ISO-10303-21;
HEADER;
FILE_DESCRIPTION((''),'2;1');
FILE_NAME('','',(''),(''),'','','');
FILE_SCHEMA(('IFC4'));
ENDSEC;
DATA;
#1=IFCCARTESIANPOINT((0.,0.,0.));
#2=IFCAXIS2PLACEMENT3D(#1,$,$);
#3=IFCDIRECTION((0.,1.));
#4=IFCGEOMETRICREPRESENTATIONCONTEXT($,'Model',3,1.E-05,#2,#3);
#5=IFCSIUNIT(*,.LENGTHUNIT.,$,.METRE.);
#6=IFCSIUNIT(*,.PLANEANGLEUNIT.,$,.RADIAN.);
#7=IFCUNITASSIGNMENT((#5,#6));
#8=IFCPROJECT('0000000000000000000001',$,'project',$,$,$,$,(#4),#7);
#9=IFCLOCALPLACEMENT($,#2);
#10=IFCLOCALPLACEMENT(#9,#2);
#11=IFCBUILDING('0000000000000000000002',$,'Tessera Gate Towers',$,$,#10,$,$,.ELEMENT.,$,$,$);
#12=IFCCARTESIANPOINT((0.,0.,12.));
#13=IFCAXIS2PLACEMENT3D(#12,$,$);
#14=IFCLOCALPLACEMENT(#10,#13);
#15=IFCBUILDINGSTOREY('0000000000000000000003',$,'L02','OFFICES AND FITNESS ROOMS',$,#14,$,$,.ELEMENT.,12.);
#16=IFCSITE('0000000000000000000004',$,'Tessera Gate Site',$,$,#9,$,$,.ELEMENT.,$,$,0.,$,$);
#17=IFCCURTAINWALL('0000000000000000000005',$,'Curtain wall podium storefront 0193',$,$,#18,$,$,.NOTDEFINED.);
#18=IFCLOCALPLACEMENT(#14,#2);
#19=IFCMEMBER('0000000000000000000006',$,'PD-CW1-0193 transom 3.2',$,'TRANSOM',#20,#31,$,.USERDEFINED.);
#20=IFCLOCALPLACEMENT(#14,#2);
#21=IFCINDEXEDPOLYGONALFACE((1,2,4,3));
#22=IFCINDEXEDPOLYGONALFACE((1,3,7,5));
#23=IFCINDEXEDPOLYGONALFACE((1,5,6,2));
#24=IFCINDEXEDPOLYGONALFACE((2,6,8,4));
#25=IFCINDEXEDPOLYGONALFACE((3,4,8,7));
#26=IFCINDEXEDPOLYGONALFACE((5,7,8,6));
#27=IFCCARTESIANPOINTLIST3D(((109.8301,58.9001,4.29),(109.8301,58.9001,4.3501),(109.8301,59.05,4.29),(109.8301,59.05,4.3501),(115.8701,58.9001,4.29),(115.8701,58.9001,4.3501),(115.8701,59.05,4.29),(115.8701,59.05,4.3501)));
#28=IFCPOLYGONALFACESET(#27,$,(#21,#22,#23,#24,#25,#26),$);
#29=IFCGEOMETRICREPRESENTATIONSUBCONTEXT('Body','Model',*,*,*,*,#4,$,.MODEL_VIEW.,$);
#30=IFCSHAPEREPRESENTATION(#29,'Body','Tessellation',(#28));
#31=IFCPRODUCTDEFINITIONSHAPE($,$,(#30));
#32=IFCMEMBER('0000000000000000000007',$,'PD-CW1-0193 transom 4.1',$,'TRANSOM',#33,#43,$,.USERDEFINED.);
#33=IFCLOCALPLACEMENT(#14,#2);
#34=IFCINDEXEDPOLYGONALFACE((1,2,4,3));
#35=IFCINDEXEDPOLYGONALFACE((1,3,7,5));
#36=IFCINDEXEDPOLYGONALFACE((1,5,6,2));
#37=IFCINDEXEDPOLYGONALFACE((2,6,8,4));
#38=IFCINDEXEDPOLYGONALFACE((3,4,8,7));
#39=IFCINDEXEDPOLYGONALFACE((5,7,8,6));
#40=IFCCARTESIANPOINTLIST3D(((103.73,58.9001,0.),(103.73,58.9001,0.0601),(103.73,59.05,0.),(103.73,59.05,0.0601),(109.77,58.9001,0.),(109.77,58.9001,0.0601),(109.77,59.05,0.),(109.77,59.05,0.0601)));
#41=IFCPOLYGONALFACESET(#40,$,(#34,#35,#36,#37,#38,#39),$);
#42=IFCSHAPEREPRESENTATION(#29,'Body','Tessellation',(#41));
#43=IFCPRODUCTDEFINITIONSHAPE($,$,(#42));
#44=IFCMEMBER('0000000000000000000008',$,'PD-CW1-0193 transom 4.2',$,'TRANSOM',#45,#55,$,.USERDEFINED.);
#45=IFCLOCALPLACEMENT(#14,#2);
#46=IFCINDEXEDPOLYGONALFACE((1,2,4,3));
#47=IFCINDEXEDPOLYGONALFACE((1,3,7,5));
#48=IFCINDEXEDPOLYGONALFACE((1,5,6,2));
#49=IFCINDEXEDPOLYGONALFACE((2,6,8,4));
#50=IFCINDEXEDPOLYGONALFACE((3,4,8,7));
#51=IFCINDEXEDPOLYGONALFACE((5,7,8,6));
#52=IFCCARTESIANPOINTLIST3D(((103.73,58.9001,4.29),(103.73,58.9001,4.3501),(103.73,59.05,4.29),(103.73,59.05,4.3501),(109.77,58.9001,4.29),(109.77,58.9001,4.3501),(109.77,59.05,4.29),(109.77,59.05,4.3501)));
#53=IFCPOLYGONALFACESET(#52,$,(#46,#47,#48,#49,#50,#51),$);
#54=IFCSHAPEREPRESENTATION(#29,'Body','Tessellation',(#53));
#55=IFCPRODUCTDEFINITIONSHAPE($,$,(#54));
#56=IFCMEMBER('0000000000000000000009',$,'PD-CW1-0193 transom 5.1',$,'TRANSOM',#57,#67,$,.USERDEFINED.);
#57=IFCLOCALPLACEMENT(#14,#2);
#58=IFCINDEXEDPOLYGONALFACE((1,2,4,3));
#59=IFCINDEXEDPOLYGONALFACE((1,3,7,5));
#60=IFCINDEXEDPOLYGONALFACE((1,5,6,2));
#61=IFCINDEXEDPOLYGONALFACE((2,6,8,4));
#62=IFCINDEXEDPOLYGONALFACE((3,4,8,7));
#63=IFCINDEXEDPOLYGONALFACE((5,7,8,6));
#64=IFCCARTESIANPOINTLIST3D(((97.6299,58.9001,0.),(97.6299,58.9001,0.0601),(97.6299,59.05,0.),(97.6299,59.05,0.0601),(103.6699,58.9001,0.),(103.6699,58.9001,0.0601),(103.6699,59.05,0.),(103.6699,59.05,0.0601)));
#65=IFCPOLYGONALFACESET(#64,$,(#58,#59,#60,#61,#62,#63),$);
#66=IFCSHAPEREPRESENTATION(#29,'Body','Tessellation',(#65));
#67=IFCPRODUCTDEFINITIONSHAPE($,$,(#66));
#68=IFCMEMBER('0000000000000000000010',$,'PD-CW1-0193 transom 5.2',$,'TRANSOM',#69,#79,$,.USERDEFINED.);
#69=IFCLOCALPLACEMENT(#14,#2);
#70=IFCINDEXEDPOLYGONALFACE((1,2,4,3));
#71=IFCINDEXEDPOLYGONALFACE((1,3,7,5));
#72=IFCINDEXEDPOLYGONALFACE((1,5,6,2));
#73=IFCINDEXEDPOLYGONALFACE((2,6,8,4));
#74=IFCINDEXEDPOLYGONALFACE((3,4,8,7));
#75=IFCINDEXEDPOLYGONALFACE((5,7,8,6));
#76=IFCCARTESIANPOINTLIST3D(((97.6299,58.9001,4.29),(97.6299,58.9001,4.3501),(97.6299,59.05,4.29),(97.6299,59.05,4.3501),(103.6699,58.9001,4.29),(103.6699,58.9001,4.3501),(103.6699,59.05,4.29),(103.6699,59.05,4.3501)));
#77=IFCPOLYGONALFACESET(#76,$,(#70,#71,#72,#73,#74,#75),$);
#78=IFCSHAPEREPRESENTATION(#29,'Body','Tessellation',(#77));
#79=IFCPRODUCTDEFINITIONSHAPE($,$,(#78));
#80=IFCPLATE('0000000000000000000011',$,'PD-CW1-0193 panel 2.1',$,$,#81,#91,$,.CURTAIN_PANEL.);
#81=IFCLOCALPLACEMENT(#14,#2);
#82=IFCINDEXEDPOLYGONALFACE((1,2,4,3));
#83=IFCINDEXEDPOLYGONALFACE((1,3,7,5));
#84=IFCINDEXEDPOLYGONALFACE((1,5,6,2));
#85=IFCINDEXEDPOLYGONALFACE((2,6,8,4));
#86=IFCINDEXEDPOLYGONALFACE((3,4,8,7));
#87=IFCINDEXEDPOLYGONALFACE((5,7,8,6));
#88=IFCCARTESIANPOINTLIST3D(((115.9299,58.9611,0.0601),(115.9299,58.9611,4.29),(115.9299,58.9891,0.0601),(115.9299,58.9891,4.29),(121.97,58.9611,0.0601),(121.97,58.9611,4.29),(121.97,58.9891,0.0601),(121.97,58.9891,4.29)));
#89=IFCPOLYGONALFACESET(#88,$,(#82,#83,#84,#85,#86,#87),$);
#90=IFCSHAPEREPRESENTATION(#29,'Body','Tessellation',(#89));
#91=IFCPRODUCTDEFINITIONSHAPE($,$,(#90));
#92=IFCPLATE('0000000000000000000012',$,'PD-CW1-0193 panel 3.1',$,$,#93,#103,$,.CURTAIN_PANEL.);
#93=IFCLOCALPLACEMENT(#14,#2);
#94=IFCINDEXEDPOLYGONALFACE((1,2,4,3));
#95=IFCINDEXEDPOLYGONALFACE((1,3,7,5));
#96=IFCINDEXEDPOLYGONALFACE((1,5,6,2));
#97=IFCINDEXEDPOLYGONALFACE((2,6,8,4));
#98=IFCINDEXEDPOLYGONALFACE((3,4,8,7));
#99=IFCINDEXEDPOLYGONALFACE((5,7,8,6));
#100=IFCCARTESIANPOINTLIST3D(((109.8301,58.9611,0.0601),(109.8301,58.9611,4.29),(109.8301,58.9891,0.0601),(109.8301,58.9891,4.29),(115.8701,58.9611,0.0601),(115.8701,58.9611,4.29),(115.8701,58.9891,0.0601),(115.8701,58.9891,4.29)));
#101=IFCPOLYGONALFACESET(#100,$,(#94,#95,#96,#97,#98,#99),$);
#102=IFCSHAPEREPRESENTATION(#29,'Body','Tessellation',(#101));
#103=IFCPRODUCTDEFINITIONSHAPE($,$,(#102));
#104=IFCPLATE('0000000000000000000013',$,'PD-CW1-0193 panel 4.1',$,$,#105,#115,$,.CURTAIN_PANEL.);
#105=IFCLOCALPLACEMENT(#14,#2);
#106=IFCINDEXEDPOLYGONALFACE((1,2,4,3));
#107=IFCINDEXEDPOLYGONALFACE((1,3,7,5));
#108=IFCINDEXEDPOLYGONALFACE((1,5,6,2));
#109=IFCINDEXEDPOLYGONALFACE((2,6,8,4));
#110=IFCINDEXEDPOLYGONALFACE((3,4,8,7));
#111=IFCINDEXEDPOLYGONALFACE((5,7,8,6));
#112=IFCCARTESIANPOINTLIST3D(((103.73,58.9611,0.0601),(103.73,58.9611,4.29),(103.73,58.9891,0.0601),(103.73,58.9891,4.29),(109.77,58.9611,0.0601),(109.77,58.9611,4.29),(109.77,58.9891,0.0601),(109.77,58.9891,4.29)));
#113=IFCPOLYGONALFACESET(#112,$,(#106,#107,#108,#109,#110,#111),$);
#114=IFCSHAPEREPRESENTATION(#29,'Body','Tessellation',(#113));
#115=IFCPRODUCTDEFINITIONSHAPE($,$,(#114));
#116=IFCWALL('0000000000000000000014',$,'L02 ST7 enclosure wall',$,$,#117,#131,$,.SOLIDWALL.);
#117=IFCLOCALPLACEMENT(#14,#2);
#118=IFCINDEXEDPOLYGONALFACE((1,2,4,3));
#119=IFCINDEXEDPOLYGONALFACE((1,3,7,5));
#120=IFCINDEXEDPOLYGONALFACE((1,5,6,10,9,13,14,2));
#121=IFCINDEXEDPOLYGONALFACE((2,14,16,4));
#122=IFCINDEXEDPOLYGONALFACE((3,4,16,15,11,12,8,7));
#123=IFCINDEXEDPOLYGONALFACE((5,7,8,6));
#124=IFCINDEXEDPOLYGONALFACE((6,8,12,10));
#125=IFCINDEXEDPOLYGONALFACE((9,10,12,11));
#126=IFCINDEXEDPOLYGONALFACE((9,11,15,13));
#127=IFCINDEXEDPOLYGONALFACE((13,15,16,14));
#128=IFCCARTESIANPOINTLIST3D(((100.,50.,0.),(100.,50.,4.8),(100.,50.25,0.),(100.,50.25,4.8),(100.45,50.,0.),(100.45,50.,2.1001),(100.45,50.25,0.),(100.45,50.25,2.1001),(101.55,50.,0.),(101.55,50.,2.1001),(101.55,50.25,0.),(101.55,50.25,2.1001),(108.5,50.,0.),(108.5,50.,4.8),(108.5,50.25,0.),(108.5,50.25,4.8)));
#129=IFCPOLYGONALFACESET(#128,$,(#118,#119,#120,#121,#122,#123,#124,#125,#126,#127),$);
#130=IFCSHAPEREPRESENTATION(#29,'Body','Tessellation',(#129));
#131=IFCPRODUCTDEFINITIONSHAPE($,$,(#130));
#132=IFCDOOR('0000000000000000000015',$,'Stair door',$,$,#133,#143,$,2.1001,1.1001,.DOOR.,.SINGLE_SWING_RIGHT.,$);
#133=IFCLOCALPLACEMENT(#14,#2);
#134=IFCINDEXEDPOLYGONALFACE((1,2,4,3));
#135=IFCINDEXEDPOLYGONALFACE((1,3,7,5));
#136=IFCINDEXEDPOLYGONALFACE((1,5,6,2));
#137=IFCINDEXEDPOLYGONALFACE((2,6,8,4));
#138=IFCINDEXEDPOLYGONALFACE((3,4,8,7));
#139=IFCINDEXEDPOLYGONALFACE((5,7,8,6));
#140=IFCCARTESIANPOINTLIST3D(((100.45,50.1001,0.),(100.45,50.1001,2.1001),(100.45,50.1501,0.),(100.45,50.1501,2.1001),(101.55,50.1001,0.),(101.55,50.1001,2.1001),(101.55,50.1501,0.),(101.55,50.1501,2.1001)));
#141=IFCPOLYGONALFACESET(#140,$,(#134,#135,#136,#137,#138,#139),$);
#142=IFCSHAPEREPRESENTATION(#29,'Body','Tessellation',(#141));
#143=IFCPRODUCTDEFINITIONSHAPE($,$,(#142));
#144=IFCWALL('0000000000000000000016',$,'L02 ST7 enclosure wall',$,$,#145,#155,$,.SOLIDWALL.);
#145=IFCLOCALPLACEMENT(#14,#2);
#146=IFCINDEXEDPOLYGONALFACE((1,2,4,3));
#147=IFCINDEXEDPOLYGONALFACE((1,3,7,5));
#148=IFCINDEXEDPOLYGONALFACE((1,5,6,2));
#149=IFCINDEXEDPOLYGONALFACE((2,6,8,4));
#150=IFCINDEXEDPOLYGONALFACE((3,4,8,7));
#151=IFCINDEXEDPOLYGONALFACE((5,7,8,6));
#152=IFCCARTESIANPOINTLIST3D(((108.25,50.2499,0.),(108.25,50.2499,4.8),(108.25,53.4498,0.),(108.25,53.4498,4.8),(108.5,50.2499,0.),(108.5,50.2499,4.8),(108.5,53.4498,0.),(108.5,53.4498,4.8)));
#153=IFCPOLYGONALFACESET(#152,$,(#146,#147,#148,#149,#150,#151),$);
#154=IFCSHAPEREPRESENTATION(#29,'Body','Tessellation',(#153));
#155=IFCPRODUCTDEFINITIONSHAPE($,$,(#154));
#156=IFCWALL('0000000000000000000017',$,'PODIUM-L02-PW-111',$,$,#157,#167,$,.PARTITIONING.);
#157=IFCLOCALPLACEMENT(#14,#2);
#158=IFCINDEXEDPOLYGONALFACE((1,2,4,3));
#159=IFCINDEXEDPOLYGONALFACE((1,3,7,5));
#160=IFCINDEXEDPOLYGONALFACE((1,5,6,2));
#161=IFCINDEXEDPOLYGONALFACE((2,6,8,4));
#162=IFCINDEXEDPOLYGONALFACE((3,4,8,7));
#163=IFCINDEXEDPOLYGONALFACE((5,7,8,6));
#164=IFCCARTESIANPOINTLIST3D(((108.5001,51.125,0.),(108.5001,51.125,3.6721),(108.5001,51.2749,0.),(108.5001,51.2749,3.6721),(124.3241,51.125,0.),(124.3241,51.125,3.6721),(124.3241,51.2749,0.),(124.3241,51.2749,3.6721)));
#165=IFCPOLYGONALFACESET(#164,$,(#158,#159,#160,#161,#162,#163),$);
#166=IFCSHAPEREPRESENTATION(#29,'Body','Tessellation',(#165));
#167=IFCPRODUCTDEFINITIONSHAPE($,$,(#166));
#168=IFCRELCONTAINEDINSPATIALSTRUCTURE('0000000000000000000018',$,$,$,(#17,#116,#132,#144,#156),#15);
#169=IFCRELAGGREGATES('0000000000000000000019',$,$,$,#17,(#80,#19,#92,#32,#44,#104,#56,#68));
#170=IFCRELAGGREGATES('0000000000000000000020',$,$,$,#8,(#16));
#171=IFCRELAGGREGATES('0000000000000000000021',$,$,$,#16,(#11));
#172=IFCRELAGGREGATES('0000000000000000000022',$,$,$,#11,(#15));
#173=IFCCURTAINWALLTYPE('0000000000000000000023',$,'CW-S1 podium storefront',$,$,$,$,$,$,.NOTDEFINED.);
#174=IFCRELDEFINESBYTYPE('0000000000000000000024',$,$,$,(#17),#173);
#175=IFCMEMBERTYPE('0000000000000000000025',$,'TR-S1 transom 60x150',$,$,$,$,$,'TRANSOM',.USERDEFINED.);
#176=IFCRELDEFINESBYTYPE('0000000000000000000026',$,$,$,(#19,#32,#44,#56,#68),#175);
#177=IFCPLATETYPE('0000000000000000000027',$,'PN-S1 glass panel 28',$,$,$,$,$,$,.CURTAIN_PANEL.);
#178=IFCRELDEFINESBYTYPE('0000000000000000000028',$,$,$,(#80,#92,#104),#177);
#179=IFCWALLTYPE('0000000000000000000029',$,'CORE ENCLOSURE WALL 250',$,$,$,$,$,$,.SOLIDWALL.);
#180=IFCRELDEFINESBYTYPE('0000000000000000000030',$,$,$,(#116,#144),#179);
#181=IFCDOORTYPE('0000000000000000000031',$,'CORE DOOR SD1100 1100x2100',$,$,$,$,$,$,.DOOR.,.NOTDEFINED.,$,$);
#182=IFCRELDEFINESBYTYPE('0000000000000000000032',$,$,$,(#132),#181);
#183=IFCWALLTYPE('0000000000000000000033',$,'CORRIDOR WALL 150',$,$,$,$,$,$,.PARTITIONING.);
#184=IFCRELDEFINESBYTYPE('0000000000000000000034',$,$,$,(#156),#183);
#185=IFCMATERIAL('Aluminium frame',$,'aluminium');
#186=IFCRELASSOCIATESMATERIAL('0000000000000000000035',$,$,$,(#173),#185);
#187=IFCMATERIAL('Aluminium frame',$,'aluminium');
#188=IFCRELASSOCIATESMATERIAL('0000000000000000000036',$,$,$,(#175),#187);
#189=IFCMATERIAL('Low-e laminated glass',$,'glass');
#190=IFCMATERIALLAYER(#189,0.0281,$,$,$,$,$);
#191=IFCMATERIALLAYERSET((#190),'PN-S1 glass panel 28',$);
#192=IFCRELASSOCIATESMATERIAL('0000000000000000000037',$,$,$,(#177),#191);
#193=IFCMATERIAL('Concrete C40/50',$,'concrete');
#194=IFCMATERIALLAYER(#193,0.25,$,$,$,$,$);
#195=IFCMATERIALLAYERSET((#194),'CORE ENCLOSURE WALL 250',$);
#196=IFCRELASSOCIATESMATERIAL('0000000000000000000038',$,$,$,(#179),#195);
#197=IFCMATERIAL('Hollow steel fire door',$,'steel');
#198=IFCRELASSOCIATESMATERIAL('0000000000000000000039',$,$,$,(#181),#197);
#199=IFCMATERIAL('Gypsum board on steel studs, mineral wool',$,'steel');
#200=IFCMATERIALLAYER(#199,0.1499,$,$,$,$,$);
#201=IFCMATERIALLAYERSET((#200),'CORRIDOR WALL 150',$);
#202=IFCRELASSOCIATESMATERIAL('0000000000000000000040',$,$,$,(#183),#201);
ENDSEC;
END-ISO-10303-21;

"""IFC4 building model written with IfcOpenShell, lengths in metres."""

from ifc_helpers import new_model, si_unit, direction, frame, frame_2d, origin, origin_2d, place, context, subcontext, project, spatial, rectangle, extrude, source, transform, mapped, material, layer, layer_set, material_profile, profile_set, type_object, element, fill, aggregate, save


model = new_model("IFC4")

# Units and contexts
model_context = context("Model", 3, precision=1e-05, world=origin(), true_north=direction((0.0, 1.0)))
body_context = subcontext(model_context, "Body", "Model", "MODEL_VIEW")
ifc_project = project(units=[si_unit("LENGTHUNIT", "METRE"), si_unit("PLANEANGLEUNIT", "RADIAN")], contexts=[model_context])

# Site, building, storey
site_placement = place(None, origin())
site = spatial("IfcSite", under=ifc_project, at=site_placement, Name="Tessera Gate Site", CompositionType="ELEMENT", RefElevation=0.0)
building_placement = place(site_placement, origin())
building = spatial("IfcBuilding", under=site, at=building_placement, Name="Tessera Gate Towers", CompositionType="ELEMENT")
storey_placement = place(building_placement, frame((0.0, 0.0, 12.0)))
storey = spatial("IfcBuildingStorey", under=building, at=storey_placement, Name="L02", Description="OFFICES AND FITNESS ROOMS", CompositionType="ELEMENT", Elevation=12.0)

# Curtain wall, members, plates
ifc_material_1 = material(Name="Aluminium frame", Category="aluminium")
curtain_wall_type = type_object("IfcCurtainWallType", Name="CW-S1 podium storefront", PredefinedType="NOTDEFINED", material=ifc_material_1)
curtain_wall_placement = place(storey_placement, origin())
curtain_wall = element("IfcCurtainWall", 1, at=curtain_wall_placement, inside=storey, type_object=curtain_wall_type, Name="Curtain wall podium storefront 0193", PredefinedType="NOTDEFINED")
ifc_material_2 = material(Name="Aluminium frame", Category="aluminium")
ifc_material_profile_1 = material_profile(ifc_material_2, rectangle(XDim=0.1499, YDim=0.0601, at=origin_2d()), Name="AL 60x150")
ifc_profile_set_1 = profile_set([ifc_material_profile_1], Name="Aluminium frame")
member_type_1 = type_object("IfcMemberType", Name="TR-S1 transom 60x150", ElementType="TRANSOM", PredefinedType="USERDEFINED", material=ifc_profile_set_1)
member_1_placement = place(storey_placement, frame((115.8701, 58.9751, 4.3201), z_axis=(-1.0, 0.0, 0.0), x_axis=(0.0, -1.0, 0.0)))
member_1 = element("IfcMember", 2, at=member_1_placement, type_object=member_type_1, Name="PD-CW1-0193 transom 3.2", ObjectType="TRANSOM", PredefinedType="USERDEFINED", context=body_context, shape_type="SweptSolid", body=[
    extrude(rectangle(XDim=0.1499, YDim=0.0601, at=origin_2d()), origin(), (0.0, 0.0, 1.0), 6.04),
])
member_2_placement = place(storey_placement, frame((109.77, 58.9751, 0.03), z_axis=(-1.0, 0.0, 0.0), x_axis=(0.0, -1.0, 0.0)))
member_2 = element("IfcMember", 3, at=member_2_placement, type_object=member_type_1, Name="PD-CW1-0193 transom 4.1", ObjectType="TRANSOM", PredefinedType="USERDEFINED", context=body_context, shape_type="SweptSolid", body=[
    extrude(rectangle(XDim=0.1499, YDim=0.0601, at=origin_2d()), origin(), (0.0, 0.0, 1.0), 6.04),
])
member_3_placement = place(storey_placement, frame((109.77, 58.9751, 4.3201), z_axis=(-1.0, 0.0, 0.0), x_axis=(0.0, -1.0, 0.0)))
member_3 = element("IfcMember", 4, at=member_3_placement, type_object=member_type_1, Name="PD-CW1-0193 transom 4.2", ObjectType="TRANSOM", PredefinedType="USERDEFINED", context=body_context, shape_type="SweptSolid", body=[
    extrude(rectangle(XDim=0.1499, YDim=0.0601, at=origin_2d()), origin(), (0.0, 0.0, 1.0), 6.04),
])
member_4_placement = place(storey_placement, frame((103.6699, 58.9751, 0.03), z_axis=(-1.0, 0.0, 0.0), x_axis=(0.0, -1.0, 0.0)))
member_4 = element("IfcMember", 5, at=member_4_placement, type_object=member_type_1, Name="PD-CW1-0193 transom 5.1", ObjectType="TRANSOM", PredefinedType="USERDEFINED", context=body_context, shape_type="SweptSolid", body=[
    extrude(rectangle(XDim=0.1499, YDim=0.0601, at=origin_2d()), origin(), (0.0, 0.0, 1.0), 6.04),
])
member_5_placement = place(storey_placement, frame((103.6699, 58.9751, 4.3201), z_axis=(-1.0, 0.0, 0.0), x_axis=(0.0, -1.0, 0.0)))
member_5 = element("IfcMember", 6, at=member_5_placement, type_object=member_type_1, Name="PD-CW1-0193 transom 5.2", ObjectType="TRANSOM", PredefinedType="USERDEFINED", context=body_context, shape_type="SweptSolid", body=[
    extrude(rectangle(XDim=0.1499, YDim=0.0601, at=origin_2d()), origin(), (0.0, 0.0, 1.0), 6.04),
])
ifc_material_3 = material(Name="Low-e laminated glass", Category="glass")
ifc_layer_1 = layer(ifc_material_3, 0.0281)
ifc_layer_set_1 = layer_set([ifc_layer_1], Name="PN-S1 glass panel 28")
plate_type = type_object("IfcPlateType", Name="PN-S1 glass panel 28", PredefinedType="CURTAIN_PANEL", material=ifc_layer_set_1)
plate_1_placement = place(storey_placement, frame((118.95, 58.9751, 0.0601), z_axis=(0.0, 0.0, 1.0), x_axis=(-1.0, 0.0, 0.0)))
plate_1 = element("IfcPlate", 7, at=plate_1_placement, type_object=plate_type, Name="PD-CW1-0193 panel 2.1", PredefinedType="CURTAIN_PANEL", context=body_context, shape_type="SweptSolid", body=[
    extrude(rectangle(XDim=6.04, YDim=0.0281, at=origin_2d()), origin(), (0.0, 0.0, 1.0), 4.23),
])
plate_2_placement = place(storey_placement, frame((112.8501, 58.9751, 0.0601), z_axis=(0.0, 0.0, 1.0), x_axis=(-1.0, 0.0, 0.0)))
plate_2 = element("IfcPlate", 8, at=plate_2_placement, type_object=plate_type, Name="PD-CW1-0193 panel 3.1", PredefinedType="CURTAIN_PANEL", context=body_context, shape_type="SweptSolid", body=[
    extrude(rectangle(XDim=6.04, YDim=0.0281, at=origin_2d()), origin(), (0.0, 0.0, 1.0), 4.23),
])
plate_3_placement = place(storey_placement, frame((106.75, 58.9751, 0.0601), z_axis=(0.0, 0.0, 1.0), x_axis=(-1.0, 0.0, 0.0)))
plate_3 = element("IfcPlate", 9, at=plate_3_placement, type_object=plate_type, Name="PD-CW1-0193 panel 4.1", PredefinedType="CURTAIN_PANEL", context=body_context, shape_type="SweptSolid", body=[
    extrude(rectangle(XDim=6.04, YDim=0.0281, at=origin_2d()), origin(), (0.0, 0.0, 1.0), 4.23),
])
aggregate(curtain_wall, [plate_1, member_1, plate_2, member_2, member_3, plate_3, member_4, member_5])

# Wall, opening, door
ifc_material_4 = material(Name="Concrete C40/50", Category="concrete")
ifc_layer_2 = layer(ifc_material_4, 0.25)
ifc_layer_set_2 = layer_set([ifc_layer_2], Name="CORE ENCLOSURE WALL 250")
wall_type_1 = type_object("IfcWallType", Name="CORE ENCLOSURE WALL 250", PredefinedType="SOLIDWALL", material=ifc_layer_set_2)
wall_1_placement = place(storey_placement, frame((108.5, 50.125, 0.0), z_axis=(0.0, 0.0, 1.0), x_axis=(-1.0, 0.0, 0.0)))
wall_1 = element("IfcWall", 10, at=wall_1_placement, inside=storey, type_object=wall_type_1, Name="L02 ST7 enclosure wall", PredefinedType="SOLIDWALL", context=body_context, shape_type="SweptSolid", body=[
    extrude(rectangle(XDim=8.5, YDim=0.25, at=frame_2d((4.25, 0.0))), origin(), (0.0, 0.0, 1.0), 4.8),
])
shared_shape_1 = source(origin(), body_context, "Body", "SweptSolid", [
    extrude(rectangle(XDim=1.1001, YDim=2.1001, at=frame_2d((0.55, 1.05))), frame((0.0, 0.135, 0.0), z_axis=(0.0, -1.0, 0.0), x_axis=(1.0, 0.0, 0.0)), (0.0, 0.0, 1.0), 0.27),
])
opening_placement = place(wall_1_placement, frame((6.95, 0.0, 0.0)))
opening = element("IfcOpeningElement", 11, at=opening_placement, cuts=wall_1, PredefinedType="OPENING", context=body_context, shape_type="MappedRepresentation", body=[
    mapped(shared_shape_1, transform((0.0, 0.0, 0.0), scale=1.0)),
])
ifc_material_5 = material(Name="Hollow steel fire door", Category="steel")
door_type = type_object("IfcDoorType", Name="CORE DOOR SD1100 1100x2100", OperationType="NOTDEFINED", PredefinedType="DOOR", material=ifc_material_5)
shared_shape_2 = source(origin(), body_context, "Body", "SweptSolid", [
    extrude(rectangle(XDim=1.1001, YDim=2.1001, at=frame_2d((0.55, 1.05))), frame((0.0, 0.0249, 0.0), z_axis=(0.0, -1.0, 0.0), x_axis=(1.0, 0.0, 0.0)), (0.0, 0.0, 1.0), 0.05),
])
door_placement = place(opening_placement, origin())
door = element("IfcDoor", 12, at=door_placement, inside=storey, type_object=door_type, Name="Stair door", OperationType="SINGLE_SWING_RIGHT", OverallHeight=2.1001, OverallWidth=1.1001, PredefinedType="DOOR", context=body_context, shape_type="MappedRepresentation", body=[
    mapped(shared_shape_2, transform((0.0, 0.0, 0.0), scale=1.0)),
])
fill(opening, door)

# Walls
wall_2_placement = place(storey_placement, frame((108.375, 53.45, 0.0), z_axis=(0.0, 0.0, 1.0), x_axis=(0.0, -1.0, 0.0)))
element("IfcWall", 13, at=wall_2_placement, inside=storey, type_object=wall_type_1, Name="L02 ST7 enclosure wall", PredefinedType="SOLIDWALL", context=body_context, shape_type="SweptSolid", body=[
    extrude(rectangle(XDim=3.2, YDim=0.25, at=frame_2d((1.6001, 0.0))), origin(), (0.0, 0.0, 1.0), 4.8),
])
ifc_material_6 = material(Name="Gypsum board on steel studs, mineral wool", Category="steel")
ifc_layer_3 = layer(ifc_material_6, 0.1499)
ifc_layer_set_3 = layer_set([ifc_layer_3], Name="CORRIDOR WALL 150")
wall_type_2 = type_object("IfcWallType", Name="CORRIDOR WALL 150", PredefinedType="PARTITIONING", material=ifc_layer_set_3)
wall_3_placement = place(storey_placement, frame((108.5, 51.2, 0.0), z_axis=(0.0, 0.0, 1.0), x_axis=(1.0, 0.0, 0.0)))
element("IfcWall", 14, at=wall_3_placement, inside=storey, type_object=wall_type_2, Name="PODIUM-L02-PW-111", PredefinedType="PARTITIONING", context=body_context, shape_type="SweptSolid", body=[
    extrude(rectangle(XDim=15.824, YDim=0.1499, at=frame_2d((7.9121, 0.0))), origin(), (0.0, 0.0, 1.0), 3.6721),
])

save(model, "model.ifc")
